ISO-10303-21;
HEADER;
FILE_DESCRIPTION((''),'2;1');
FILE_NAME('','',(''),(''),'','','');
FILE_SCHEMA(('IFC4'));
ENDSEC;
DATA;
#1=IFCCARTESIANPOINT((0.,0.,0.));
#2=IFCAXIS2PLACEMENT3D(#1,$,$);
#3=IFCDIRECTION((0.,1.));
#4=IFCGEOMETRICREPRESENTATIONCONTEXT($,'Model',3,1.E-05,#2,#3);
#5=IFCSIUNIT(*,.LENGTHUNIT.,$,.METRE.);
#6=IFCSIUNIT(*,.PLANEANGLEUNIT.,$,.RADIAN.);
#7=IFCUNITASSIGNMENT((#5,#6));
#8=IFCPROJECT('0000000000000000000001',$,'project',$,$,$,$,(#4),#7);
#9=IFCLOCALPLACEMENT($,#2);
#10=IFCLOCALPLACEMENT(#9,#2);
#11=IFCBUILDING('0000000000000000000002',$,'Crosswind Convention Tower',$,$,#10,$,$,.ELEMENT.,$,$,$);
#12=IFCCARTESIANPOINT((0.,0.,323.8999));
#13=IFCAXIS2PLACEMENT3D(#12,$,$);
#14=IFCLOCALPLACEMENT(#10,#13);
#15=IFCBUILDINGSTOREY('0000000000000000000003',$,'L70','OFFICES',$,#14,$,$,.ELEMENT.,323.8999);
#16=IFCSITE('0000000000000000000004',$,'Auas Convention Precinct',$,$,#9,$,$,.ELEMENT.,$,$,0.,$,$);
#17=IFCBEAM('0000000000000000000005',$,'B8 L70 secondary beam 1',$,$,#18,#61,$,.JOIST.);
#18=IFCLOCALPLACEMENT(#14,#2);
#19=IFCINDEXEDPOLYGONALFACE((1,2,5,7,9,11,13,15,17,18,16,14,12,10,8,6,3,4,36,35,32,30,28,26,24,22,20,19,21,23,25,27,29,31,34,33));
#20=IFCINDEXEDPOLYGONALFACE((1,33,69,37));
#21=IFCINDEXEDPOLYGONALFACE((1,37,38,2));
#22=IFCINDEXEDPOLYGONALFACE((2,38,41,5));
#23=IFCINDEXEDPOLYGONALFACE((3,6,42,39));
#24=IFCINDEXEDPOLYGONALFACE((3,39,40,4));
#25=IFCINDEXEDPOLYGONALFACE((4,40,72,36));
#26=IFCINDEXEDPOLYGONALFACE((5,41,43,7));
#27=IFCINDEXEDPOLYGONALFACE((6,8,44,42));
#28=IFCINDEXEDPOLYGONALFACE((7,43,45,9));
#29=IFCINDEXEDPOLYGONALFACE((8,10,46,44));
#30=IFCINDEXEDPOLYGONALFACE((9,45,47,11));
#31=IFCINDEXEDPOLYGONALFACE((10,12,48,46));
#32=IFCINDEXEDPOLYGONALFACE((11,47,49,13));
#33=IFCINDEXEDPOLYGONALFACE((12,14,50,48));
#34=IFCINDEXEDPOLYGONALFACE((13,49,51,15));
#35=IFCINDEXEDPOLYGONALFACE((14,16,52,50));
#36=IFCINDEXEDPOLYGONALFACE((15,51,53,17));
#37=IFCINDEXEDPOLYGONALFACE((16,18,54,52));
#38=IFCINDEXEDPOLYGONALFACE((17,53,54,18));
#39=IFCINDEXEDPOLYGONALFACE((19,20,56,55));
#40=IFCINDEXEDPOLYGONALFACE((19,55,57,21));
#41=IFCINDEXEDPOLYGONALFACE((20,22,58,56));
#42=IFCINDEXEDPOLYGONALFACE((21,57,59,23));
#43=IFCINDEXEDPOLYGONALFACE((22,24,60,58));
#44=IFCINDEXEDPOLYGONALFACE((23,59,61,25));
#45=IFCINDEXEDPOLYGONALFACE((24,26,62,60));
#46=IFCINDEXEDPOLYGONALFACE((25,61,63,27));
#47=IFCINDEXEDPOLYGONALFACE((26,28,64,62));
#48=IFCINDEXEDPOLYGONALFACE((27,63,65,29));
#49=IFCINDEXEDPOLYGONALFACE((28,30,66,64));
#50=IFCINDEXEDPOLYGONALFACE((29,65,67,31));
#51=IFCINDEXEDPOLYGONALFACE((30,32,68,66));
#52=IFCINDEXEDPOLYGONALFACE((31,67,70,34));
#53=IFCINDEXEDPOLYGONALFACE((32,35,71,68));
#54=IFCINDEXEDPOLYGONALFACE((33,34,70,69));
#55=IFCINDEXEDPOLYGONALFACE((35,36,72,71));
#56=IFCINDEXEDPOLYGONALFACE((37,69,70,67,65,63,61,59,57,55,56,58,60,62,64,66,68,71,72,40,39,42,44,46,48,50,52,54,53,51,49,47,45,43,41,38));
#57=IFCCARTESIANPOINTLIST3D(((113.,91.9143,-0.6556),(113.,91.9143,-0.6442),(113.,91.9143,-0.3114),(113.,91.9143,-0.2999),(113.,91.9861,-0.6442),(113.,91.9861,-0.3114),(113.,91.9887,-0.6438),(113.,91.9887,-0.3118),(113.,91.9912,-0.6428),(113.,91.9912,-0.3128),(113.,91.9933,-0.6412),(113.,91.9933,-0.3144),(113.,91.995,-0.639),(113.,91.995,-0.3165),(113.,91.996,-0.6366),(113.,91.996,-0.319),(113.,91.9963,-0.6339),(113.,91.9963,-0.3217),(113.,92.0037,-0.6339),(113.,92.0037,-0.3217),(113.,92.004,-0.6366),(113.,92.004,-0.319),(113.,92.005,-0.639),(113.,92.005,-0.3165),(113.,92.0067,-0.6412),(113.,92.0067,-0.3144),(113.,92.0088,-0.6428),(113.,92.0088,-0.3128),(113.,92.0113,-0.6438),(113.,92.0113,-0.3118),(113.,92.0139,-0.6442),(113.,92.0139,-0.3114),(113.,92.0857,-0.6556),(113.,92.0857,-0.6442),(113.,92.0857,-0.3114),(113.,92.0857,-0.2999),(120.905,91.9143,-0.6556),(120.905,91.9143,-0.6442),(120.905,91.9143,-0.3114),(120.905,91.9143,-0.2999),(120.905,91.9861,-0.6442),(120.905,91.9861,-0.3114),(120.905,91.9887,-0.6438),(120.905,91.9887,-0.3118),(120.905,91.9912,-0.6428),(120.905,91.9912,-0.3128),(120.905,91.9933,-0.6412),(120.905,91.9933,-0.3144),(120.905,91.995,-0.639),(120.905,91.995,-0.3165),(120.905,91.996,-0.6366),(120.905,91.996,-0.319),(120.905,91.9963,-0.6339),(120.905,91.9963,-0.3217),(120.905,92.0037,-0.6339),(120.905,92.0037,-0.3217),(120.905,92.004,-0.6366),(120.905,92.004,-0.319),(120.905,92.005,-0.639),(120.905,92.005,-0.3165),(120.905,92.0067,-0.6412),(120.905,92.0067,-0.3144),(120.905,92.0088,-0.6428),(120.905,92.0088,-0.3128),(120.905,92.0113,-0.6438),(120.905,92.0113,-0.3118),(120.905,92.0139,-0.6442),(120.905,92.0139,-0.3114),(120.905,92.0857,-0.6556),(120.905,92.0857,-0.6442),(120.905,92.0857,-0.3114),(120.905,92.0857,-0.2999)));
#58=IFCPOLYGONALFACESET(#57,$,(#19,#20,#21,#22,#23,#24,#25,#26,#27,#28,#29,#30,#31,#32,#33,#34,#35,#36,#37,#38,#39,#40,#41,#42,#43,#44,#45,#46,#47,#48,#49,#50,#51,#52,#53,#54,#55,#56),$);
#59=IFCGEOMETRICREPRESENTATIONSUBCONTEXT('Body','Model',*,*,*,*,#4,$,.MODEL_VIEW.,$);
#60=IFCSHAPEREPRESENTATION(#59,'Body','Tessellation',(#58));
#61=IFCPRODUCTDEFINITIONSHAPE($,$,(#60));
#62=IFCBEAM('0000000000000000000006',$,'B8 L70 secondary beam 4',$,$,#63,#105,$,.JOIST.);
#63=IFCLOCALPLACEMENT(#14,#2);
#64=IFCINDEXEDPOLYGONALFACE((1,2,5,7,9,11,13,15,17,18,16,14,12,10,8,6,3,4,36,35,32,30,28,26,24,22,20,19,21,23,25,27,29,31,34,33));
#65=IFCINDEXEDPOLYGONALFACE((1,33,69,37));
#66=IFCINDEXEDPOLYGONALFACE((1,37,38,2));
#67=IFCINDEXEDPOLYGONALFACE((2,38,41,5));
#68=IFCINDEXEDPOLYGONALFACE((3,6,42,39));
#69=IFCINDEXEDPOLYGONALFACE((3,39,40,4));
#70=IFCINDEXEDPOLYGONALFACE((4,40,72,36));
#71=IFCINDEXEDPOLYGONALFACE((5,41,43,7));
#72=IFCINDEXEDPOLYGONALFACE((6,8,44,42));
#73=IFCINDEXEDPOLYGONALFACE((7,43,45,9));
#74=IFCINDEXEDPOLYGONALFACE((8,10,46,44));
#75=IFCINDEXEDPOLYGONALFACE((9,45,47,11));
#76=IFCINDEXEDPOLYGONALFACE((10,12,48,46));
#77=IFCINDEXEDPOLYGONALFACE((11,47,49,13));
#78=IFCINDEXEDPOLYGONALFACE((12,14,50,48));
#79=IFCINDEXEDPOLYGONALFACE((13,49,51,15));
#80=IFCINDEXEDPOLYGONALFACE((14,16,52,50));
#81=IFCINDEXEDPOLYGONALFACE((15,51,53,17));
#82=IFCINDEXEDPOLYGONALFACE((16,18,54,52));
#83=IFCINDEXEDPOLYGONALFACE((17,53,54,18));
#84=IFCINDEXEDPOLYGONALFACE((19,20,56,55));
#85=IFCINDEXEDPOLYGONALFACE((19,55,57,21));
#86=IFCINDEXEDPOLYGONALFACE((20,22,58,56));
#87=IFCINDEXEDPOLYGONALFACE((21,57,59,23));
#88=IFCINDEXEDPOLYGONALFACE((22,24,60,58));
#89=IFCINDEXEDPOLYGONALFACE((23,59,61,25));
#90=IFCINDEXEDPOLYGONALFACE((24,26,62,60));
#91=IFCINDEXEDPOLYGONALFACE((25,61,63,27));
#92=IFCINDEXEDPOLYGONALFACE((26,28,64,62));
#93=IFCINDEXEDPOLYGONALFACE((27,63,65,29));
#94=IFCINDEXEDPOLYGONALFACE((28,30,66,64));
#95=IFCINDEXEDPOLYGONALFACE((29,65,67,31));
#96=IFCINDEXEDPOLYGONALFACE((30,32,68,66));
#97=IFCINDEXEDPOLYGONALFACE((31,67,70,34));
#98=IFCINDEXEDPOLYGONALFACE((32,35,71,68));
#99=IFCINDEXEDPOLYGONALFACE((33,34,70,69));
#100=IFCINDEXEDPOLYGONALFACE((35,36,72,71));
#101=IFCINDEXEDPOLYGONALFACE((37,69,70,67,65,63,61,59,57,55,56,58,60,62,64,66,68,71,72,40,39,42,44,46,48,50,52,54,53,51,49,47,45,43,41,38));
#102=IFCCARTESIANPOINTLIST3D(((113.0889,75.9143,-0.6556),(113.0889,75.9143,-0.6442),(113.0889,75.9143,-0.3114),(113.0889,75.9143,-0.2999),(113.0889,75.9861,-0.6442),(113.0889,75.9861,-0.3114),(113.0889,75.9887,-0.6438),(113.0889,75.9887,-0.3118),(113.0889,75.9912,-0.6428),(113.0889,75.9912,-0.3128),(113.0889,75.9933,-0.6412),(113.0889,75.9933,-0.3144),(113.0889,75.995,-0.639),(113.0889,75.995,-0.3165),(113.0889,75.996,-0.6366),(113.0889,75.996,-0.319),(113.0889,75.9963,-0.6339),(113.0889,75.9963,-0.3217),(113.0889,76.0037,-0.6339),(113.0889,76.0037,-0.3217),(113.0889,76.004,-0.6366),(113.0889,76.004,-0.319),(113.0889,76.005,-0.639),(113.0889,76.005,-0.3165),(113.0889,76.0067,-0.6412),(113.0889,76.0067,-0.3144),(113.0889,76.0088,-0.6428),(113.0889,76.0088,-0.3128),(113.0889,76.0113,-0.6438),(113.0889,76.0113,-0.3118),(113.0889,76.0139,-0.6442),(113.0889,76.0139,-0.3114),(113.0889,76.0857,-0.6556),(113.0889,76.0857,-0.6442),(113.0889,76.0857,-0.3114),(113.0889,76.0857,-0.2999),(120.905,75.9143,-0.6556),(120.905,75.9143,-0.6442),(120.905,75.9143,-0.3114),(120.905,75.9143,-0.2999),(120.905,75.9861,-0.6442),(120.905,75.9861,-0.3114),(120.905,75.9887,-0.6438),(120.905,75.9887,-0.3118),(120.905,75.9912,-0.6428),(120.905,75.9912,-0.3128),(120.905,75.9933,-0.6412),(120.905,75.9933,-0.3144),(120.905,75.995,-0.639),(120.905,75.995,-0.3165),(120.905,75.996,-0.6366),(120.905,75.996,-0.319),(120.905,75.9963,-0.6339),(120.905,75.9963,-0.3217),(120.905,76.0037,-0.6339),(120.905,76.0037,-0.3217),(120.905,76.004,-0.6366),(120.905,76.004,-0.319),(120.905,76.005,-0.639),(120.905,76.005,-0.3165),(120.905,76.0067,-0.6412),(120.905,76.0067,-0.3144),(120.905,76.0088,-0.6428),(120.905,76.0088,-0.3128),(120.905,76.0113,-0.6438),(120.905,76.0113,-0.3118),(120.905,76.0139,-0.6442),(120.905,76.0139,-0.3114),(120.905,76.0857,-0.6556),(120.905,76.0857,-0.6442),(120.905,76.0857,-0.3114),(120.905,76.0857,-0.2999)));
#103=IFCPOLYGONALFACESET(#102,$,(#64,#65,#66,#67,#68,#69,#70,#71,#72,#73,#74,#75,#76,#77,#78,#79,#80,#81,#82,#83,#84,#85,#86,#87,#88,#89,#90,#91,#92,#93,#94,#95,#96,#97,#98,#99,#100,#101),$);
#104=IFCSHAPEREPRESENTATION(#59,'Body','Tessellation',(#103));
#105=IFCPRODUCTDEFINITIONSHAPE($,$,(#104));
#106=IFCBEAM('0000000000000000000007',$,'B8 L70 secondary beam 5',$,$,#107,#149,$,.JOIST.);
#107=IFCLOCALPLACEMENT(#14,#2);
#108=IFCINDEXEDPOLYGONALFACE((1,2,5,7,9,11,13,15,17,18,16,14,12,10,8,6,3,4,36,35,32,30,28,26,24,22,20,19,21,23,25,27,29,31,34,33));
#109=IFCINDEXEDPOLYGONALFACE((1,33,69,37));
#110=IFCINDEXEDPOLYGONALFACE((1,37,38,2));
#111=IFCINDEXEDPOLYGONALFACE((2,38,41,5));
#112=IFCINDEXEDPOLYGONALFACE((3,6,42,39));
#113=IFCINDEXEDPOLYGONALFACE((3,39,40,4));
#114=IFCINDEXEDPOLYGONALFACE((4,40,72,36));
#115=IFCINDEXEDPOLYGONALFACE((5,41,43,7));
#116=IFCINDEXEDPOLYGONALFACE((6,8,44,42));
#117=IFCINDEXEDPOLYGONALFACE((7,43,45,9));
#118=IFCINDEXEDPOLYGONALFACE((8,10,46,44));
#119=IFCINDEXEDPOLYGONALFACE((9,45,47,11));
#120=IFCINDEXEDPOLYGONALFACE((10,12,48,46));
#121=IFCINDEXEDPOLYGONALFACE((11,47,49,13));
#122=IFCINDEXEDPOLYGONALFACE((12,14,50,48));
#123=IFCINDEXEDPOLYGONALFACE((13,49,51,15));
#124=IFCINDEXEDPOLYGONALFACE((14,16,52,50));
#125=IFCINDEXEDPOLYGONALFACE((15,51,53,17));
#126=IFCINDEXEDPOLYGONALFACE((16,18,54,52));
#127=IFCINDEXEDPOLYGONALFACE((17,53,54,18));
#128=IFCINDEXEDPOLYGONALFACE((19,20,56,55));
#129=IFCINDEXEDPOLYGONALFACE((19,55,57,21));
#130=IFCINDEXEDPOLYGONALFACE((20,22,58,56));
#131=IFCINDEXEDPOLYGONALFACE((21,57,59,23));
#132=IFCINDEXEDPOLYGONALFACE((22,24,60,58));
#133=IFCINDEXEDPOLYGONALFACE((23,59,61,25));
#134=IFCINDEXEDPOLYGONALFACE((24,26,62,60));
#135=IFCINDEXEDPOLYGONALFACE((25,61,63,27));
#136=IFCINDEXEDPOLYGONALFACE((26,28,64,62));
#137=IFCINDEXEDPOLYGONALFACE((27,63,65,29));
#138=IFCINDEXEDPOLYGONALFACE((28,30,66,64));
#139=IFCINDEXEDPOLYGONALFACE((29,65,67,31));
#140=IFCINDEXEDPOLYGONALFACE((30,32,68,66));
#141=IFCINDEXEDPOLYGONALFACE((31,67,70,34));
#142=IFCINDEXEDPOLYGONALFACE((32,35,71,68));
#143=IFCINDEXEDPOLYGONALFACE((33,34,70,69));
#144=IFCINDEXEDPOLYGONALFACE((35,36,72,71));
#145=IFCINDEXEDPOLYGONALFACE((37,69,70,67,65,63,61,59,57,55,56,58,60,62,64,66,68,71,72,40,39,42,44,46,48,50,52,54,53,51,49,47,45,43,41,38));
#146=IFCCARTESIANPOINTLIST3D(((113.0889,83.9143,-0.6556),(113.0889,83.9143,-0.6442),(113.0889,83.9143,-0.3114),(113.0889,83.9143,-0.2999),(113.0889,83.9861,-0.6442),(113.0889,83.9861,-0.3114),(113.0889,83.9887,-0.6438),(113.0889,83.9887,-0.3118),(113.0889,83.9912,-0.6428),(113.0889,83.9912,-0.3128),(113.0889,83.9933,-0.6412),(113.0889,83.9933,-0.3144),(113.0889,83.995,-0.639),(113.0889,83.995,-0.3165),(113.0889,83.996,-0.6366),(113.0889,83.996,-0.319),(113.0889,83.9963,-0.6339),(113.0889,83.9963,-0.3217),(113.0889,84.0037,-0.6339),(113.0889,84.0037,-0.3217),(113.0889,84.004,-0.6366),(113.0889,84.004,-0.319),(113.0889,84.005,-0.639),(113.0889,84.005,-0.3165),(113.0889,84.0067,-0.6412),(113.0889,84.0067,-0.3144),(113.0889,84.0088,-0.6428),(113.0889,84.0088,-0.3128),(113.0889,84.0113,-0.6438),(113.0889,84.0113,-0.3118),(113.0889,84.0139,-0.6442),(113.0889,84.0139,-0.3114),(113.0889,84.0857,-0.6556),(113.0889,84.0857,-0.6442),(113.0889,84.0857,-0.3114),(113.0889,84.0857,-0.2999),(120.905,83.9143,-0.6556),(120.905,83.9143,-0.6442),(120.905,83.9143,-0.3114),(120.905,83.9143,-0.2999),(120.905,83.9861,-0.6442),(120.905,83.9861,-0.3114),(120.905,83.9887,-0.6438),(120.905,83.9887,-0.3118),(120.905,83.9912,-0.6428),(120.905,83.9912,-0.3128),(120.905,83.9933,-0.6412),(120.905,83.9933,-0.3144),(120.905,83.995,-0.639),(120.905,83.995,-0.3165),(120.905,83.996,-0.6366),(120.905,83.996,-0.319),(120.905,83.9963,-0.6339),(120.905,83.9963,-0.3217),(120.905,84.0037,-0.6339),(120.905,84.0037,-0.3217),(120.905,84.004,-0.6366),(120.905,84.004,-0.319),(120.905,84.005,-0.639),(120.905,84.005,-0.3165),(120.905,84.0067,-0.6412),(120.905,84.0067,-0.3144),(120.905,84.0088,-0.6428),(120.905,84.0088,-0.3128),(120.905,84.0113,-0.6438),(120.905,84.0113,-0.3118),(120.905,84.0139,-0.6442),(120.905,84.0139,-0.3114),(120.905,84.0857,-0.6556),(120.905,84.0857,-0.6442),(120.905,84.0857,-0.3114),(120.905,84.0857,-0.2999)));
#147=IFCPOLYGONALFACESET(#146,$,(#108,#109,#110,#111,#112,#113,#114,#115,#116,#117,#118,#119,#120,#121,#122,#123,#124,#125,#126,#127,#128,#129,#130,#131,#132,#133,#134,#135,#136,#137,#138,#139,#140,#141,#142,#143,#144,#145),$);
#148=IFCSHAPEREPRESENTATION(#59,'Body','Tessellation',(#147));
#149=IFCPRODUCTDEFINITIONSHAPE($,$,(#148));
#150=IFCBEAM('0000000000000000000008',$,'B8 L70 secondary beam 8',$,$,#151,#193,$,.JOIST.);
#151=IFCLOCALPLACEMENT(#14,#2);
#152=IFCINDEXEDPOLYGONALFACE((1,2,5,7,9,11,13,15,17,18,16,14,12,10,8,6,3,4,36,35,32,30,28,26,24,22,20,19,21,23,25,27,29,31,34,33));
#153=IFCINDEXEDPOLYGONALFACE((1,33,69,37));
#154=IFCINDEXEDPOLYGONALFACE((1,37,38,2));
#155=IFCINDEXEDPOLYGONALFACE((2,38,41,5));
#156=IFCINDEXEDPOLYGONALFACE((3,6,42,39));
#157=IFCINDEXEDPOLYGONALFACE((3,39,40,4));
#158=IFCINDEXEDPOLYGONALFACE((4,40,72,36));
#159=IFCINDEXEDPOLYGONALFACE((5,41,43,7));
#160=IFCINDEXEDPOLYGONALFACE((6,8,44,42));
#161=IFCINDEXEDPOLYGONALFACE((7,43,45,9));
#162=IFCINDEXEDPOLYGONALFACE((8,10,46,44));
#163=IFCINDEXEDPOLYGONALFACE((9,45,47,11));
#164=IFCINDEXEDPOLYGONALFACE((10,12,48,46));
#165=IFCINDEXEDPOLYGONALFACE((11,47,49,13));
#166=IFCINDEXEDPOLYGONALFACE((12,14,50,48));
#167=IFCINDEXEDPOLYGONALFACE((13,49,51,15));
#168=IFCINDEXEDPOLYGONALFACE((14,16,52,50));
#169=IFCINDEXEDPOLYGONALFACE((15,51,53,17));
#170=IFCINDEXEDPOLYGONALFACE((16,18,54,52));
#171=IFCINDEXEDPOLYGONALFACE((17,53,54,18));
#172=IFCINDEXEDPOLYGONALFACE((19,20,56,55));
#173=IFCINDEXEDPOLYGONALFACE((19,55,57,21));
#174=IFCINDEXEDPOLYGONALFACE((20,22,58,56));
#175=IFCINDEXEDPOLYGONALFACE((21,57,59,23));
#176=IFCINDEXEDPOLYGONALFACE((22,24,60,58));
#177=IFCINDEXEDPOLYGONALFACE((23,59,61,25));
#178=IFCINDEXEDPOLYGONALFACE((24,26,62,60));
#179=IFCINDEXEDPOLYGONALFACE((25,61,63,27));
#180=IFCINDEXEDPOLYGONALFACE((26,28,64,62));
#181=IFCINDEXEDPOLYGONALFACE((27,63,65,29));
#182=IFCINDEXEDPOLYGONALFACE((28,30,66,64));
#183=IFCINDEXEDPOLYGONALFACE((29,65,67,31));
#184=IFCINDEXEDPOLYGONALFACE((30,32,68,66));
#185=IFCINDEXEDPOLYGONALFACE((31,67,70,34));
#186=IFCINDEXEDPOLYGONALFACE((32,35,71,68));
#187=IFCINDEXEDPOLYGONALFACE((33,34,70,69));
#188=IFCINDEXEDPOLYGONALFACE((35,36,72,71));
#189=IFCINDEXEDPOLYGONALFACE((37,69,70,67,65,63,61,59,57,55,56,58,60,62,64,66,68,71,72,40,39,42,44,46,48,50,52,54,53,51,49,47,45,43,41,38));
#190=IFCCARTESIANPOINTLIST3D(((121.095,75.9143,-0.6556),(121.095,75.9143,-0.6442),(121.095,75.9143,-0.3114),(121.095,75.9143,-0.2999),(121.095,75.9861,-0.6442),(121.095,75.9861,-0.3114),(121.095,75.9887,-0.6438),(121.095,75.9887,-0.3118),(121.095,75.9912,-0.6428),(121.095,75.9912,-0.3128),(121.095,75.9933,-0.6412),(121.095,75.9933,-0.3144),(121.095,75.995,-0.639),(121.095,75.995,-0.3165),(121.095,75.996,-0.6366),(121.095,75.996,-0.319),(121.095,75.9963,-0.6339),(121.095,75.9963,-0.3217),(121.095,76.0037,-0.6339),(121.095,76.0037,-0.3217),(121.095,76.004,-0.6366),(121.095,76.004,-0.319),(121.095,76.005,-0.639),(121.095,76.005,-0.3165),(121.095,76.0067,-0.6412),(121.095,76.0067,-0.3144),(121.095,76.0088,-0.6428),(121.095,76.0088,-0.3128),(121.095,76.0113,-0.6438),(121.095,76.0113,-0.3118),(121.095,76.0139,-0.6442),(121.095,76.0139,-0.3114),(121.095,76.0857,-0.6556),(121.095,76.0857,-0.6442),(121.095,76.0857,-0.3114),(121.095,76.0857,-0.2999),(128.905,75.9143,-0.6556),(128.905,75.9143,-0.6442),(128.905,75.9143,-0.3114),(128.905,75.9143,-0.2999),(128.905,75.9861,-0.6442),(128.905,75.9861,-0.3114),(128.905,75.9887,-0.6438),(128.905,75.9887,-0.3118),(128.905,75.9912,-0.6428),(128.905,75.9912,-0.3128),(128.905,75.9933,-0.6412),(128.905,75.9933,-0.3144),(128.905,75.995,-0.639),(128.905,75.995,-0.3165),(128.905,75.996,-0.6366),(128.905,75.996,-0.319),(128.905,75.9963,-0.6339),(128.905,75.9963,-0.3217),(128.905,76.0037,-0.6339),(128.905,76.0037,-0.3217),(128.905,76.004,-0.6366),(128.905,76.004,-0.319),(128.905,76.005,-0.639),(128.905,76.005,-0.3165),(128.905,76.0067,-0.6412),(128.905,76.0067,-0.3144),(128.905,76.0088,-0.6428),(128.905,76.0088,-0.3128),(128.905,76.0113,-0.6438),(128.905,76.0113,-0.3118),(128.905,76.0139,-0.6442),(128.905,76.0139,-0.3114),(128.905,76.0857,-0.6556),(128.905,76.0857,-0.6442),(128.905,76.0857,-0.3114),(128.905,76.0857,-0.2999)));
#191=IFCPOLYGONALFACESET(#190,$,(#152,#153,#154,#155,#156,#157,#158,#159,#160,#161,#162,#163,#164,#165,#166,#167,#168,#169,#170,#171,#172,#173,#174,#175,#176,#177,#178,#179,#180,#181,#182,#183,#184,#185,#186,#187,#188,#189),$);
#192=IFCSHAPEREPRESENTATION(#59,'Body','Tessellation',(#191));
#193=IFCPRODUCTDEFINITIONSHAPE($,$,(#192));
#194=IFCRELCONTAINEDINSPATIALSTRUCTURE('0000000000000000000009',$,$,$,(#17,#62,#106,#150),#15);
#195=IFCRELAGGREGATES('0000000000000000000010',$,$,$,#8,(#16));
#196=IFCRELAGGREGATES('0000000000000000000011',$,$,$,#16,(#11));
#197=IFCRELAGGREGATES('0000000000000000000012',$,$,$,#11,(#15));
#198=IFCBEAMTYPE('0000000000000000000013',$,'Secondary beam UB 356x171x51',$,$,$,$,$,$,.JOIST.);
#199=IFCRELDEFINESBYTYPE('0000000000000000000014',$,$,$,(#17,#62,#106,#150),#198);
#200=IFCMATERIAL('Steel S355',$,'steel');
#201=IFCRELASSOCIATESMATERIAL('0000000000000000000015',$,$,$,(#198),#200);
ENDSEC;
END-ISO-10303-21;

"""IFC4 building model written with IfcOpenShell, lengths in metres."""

from ifc_helpers import new_model, si_unit, direction, frame, origin, origin_2d, place, context, subcontext, project, spatial, i_section, extrude, material, material_profile, profile_set, type_object, element, save


model = new_model("IFC4")

# Units and contexts
model_context = context("Model", 3, precision=1e-05, world=origin(), true_north=direction((0.0, 1.0)))
body_context = subcontext(model_context, "Body", "Model", "MODEL_VIEW")
ifc_project = project(units=[si_unit("LENGTHUNIT", "METRE"), si_unit("PLANEANGLEUNIT", "RADIAN")], contexts=[model_context])

# Site, building, storey
site_placement = place(None, origin())
site = spatial("IfcSite", under=ifc_project, at=site_placement, Name="Auas Convention Precinct", CompositionType="ELEMENT", RefElevation=0.0)
building_placement = place(site_placement, origin())
building = spatial("IfcBuilding", under=site, at=building_placement, Name="Crosswind Convention Tower", CompositionType="ELEMENT")
storey_placement = place(building_placement, frame((0.0, 0.0, 323.8999)))
storey = spatial("IfcBuildingStorey", under=building, at=storey_placement, Name="L70", Description="OFFICES", CompositionType="ELEMENT", Elevation=323.8999)

# Beams
ifc_material_1 = material(Name="Steel S355", Category="steel")
ifc_material_profile_1 = material_profile(ifc_material_1, i_section(OverallWidth=0.1714, OverallDepth=0.3557, WebThickness=0.0073, FlangeThickness=0.0115, FilletRadius=0.0103, at=origin_2d()), Name="UB 356x171x51")
ifc_profile_set_1 = profile_set([ifc_material_profile_1], Name="Steel S355")
beam_type_1 = type_object("IfcBeamType", Name="Secondary beam UB 356x171x51", PredefinedType="JOIST", material=ifc_profile_set_1)
beam_1_placement = place(storey_placement, frame((113.0, 92.0, -0.4778), z_axis=(1.0, 0.0, 0.0), x_axis=(0.0, 1.0, 0.0)))
element("IfcBeam", 1, at=beam_1_placement, inside=storey, type_object=beam_type_1, Name="B8 L70 secondary beam 1", PredefinedType="JOIST", context=body_context, shape_type="SweptSolid", body=[
    extrude(i_section(OverallWidth=0.1714, OverallDepth=0.3557, WebThickness=0.0073, FlangeThickness=0.0115, FilletRadius=0.0103, at=origin_2d()), origin(), (0.0, 0.0, 1.0), 7.905),
])
for number, where, z_axis, x_axis, name in (
    (2, (113.0889, 76.0, -0.4778), (1.0, 0.0, 0.0), (0.0, 1.0, 0.0), "B8 L70 secondary beam 4"),
    (3, (113.0889, 84.0, -0.4778), (1.0, 0.0, 0.0), (0.0, 1.0, 0.0), "B8 L70 secondary beam 5"),
):
    element("IfcBeam", number, at=place(storey_placement, frame(where, z_axis=z_axis, x_axis=x_axis)), inside=storey, type_object=beam_type_1, Name=name, PredefinedType="JOIST", context=body_context, shape_type="SweptSolid", body=[
        extrude(i_section(OverallWidth=0.1714, OverallDepth=0.3557, WebThickness=0.0073, FlangeThickness=0.0115, FilletRadius=0.0103, at=origin_2d()), origin(), (0.0, 0.0, 1.0), 7.8162),
    ])
for number, where, z_axis, x_axis, name in (
    (4, (121.095, 76.0, -0.4778), (1.0, 0.0, 0.0), (0.0, 1.0, 0.0), "B8 L70 secondary beam 8"),
):
    element("IfcBeam", number, at=place(storey_placement, frame(where, z_axis=z_axis, x_axis=x_axis)), inside=storey, type_object=beam_type_1, Name=name, PredefinedType="JOIST", context=body_context, shape_type="SweptSolid", body=[
        extrude(i_section(OverallWidth=0.1714, OverallDepth=0.3557, WebThickness=0.0073, FlangeThickness=0.0115, FilletRadius=0.0103, at=origin_2d()), origin(), (0.0, 0.0, 1.0), 7.8101),
    ])

save(model, "model.ifc")
